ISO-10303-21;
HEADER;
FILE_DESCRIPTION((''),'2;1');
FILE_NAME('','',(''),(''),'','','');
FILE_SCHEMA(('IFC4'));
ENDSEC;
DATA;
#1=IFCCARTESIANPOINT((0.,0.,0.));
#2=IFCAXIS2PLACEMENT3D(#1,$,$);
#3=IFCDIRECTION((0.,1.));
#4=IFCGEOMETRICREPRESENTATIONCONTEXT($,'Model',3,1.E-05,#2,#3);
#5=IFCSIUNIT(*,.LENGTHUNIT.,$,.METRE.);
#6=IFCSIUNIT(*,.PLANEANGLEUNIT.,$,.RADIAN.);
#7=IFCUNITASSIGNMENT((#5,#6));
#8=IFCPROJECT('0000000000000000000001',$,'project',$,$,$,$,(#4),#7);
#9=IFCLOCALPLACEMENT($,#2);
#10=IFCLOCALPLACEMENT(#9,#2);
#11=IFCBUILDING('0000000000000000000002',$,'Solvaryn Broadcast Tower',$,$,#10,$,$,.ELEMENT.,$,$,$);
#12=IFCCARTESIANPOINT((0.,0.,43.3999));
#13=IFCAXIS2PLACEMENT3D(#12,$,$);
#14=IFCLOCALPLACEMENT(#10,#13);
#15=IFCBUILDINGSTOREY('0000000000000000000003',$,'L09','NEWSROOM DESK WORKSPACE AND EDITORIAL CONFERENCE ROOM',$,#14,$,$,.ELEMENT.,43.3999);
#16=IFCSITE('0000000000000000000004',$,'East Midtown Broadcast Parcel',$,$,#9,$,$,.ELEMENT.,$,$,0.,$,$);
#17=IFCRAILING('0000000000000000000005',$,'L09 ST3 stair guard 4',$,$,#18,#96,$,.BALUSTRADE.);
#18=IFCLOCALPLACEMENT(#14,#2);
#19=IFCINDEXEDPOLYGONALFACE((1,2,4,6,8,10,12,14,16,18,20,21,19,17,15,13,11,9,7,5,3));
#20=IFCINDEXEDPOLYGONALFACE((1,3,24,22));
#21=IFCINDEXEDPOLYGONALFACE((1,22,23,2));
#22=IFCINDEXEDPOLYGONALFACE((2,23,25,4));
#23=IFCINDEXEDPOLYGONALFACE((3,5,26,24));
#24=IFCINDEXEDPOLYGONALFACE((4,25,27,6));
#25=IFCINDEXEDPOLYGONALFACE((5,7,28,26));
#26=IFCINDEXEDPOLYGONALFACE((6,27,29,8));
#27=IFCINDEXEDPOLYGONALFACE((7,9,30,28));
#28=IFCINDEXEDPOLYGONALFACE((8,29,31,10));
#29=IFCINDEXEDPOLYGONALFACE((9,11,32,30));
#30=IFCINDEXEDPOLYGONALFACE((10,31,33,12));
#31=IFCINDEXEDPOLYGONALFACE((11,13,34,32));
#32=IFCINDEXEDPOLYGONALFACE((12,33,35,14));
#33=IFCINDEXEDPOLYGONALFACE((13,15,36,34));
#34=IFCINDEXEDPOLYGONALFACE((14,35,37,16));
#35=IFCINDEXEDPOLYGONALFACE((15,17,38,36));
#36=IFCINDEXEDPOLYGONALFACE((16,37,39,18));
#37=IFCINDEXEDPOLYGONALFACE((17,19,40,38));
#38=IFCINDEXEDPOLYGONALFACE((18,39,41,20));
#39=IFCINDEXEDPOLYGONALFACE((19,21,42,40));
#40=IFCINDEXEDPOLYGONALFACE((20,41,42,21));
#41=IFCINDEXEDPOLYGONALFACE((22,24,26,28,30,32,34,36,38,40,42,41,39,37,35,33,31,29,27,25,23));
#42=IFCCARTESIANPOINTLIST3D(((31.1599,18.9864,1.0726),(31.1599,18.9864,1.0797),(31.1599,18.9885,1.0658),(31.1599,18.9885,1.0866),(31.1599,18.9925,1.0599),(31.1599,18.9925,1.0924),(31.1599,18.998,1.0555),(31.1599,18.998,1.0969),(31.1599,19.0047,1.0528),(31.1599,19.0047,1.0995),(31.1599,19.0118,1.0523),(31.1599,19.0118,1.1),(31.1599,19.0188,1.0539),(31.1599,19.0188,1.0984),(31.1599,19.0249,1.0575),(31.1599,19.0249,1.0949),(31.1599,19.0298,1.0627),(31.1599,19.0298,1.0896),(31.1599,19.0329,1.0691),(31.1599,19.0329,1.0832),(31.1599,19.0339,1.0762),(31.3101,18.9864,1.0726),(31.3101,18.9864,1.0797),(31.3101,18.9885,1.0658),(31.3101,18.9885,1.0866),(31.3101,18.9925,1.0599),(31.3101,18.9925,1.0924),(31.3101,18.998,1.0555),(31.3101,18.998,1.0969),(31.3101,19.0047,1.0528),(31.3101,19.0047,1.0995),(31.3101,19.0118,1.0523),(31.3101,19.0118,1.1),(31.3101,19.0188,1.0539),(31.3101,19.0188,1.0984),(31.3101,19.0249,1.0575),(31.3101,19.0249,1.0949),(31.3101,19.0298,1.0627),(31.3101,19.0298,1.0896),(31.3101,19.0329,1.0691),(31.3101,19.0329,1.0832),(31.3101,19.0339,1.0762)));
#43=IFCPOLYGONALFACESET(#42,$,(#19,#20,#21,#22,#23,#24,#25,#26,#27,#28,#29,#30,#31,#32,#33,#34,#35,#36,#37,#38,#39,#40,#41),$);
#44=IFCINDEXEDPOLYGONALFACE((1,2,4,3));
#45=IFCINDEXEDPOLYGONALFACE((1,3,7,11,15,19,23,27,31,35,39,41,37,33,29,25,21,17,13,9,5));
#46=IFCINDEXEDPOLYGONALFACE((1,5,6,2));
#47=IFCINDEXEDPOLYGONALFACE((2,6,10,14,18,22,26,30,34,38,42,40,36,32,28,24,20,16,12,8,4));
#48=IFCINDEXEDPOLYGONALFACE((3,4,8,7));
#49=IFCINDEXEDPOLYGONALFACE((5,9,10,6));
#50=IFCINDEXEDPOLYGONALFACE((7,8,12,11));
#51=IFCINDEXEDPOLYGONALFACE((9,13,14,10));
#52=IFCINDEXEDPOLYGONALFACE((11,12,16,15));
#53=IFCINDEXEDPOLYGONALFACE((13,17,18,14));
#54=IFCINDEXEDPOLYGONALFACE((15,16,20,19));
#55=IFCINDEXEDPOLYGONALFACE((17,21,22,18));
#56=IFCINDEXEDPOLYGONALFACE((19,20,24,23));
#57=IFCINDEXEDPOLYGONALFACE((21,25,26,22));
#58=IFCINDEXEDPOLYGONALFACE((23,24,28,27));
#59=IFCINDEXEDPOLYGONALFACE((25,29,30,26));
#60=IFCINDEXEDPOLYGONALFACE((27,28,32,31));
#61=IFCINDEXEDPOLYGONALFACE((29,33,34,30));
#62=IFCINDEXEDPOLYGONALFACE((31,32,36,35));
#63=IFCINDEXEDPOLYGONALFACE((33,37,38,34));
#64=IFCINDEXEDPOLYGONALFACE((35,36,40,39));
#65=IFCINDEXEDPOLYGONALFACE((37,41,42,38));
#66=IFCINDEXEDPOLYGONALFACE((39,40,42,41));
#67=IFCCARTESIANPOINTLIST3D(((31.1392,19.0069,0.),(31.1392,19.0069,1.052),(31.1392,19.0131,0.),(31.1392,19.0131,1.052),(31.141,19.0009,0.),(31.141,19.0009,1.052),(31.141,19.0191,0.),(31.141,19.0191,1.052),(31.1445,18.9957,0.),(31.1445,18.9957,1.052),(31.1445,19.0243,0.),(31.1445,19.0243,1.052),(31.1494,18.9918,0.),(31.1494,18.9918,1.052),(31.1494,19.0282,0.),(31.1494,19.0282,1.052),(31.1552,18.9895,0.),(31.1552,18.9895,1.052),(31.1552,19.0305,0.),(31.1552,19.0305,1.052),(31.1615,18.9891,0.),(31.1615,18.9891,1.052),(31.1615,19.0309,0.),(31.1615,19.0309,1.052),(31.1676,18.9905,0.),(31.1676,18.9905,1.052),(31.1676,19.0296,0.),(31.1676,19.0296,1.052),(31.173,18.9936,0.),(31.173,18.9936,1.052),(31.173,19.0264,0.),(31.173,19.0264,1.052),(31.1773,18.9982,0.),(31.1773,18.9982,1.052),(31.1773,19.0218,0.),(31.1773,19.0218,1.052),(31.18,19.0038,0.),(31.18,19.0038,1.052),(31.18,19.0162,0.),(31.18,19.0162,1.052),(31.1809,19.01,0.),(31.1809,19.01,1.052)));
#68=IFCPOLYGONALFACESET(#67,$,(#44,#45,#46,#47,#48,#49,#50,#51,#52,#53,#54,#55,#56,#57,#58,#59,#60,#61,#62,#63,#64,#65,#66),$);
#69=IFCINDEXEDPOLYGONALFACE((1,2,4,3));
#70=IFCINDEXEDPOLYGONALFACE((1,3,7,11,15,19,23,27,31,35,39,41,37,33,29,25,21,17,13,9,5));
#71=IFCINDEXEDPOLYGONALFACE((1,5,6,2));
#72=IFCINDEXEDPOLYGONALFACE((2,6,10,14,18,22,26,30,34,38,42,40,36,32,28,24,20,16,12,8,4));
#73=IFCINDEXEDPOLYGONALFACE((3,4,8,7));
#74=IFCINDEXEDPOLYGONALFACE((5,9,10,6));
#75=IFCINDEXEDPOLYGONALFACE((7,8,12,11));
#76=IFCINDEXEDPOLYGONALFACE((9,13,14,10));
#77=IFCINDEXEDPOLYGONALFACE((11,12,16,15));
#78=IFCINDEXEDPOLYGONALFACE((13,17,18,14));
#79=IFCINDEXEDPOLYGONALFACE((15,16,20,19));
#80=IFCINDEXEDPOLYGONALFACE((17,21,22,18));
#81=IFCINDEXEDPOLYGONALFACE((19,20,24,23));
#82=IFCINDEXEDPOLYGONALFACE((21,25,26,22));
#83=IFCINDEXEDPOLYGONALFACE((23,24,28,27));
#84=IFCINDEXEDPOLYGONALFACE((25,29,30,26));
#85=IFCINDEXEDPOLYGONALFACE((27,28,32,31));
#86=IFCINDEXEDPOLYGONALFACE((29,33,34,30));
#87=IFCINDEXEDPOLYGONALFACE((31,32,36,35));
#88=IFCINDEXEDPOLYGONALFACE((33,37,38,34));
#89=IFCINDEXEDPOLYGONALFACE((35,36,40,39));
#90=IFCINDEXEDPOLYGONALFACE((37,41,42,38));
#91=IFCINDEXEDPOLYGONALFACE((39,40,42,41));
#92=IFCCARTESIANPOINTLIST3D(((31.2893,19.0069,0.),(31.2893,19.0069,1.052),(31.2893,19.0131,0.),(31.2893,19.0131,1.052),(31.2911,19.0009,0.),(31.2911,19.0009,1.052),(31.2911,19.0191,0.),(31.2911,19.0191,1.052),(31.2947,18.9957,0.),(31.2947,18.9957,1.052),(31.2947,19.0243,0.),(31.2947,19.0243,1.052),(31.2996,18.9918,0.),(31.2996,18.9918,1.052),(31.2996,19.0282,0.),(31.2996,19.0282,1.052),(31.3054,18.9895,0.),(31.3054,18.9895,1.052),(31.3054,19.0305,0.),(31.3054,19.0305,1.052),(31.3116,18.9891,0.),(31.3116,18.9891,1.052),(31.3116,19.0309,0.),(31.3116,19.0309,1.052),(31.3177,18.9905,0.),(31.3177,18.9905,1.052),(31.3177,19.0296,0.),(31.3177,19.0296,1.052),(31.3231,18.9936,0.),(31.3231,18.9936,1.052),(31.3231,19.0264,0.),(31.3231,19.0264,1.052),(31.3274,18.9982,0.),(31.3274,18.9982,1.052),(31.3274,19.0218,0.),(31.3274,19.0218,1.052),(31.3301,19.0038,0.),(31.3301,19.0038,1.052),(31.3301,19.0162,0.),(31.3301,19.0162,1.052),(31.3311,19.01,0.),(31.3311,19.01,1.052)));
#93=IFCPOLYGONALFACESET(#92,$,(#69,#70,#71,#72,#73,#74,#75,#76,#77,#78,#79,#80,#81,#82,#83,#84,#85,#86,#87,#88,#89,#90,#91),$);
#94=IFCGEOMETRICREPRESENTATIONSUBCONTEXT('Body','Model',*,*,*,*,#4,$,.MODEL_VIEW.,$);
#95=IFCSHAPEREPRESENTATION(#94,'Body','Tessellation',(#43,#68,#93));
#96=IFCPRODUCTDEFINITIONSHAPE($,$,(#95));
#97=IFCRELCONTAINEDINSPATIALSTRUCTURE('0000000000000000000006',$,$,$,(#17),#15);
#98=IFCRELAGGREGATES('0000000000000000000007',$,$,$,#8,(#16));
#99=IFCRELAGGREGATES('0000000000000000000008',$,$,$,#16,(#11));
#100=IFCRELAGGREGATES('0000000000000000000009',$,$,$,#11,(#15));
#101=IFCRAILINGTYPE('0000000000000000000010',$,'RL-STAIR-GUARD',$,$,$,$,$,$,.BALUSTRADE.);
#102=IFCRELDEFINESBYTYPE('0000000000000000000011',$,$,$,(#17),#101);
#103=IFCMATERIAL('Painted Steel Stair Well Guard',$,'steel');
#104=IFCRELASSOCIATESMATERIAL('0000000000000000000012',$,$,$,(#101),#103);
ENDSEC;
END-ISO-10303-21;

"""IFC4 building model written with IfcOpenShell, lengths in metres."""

from ifc_helpers import new_model, si_unit, direction, frame, origin, origin_2d, place, context, subcontext, project, spatial, circle, extrude, material, type_object, element, save


model = new_model("IFC4")

# Units and contexts
model_context = context("Model", 3, precision=1e-05, world=origin(), true_north=direction((0.0, 1.0)))
body_context = subcontext(model_context, "Body", "Model", "MODEL_VIEW")
ifc_project = project(units=[si_unit("LENGTHUNIT", "METRE"), si_unit("PLANEANGLEUNIT", "RADIAN")], contexts=[model_context])

# Site, building, storey
site_placement = place(None, origin())
site = spatial("IfcSite", under=ifc_project, at=site_placement, Name="East Midtown Broadcast Parcel", CompositionType="ELEMENT", RefElevation=0.0)
building_placement = place(site_placement, origin())
building = spatial("IfcBuilding", under=site, at=building_placement, Name="Solvaryn Broadcast Tower", CompositionType="ELEMENT")
storey_placement = place(building_placement, frame((0.0, 0.0, 43.3999)))
storey = spatial("IfcBuildingStorey", under=building, at=storey_placement, Name="L09", Description="NEWSROOM DESK WORKSPACE AND EDITORIAL CONFERENCE ROOM", CompositionType="ELEMENT", Elevation=43.3999)

# Railing
ifc_material_1 = material(Name="Painted Steel Stair Well Guard", Category="steel")
railing_type_1 = type_object("IfcRailingType", Name="RL-STAIR-GUARD", PredefinedType="BALUSTRADE", material=ifc_material_1)
railing_1_placement = place(storey_placement, frame((31.1599, 19.01, 0.0)))
element("IfcRailing", 1, at=railing_1_placement, inside=storey, type_object=railing_type_1, Name="L09 ST3 stair guard 4", PredefinedType="BALUSTRADE", context=body_context, shape_type="SweptSolid", body=[
    extrude(circle(Radius=0.0239, at=origin_2d()), frame((0.0, 0.0, 1.0762), z_axis=(1.0, 0.0, 0.0), x_axis=(0.0, 1.0, 0.0)), (0.0, 0.0, 1.0), 0.1501),
    extrude(circle(Radius=0.021, at=origin_2d()), origin(), (0.0, 0.0, 1.0), 1.052),
    extrude(circle(Radius=0.021, at=origin_2d()), frame((0.1501, 0.0, 0.0)), (0.0, 0.0, 1.0), 1.052),
])

save(model, "model.ifc")
